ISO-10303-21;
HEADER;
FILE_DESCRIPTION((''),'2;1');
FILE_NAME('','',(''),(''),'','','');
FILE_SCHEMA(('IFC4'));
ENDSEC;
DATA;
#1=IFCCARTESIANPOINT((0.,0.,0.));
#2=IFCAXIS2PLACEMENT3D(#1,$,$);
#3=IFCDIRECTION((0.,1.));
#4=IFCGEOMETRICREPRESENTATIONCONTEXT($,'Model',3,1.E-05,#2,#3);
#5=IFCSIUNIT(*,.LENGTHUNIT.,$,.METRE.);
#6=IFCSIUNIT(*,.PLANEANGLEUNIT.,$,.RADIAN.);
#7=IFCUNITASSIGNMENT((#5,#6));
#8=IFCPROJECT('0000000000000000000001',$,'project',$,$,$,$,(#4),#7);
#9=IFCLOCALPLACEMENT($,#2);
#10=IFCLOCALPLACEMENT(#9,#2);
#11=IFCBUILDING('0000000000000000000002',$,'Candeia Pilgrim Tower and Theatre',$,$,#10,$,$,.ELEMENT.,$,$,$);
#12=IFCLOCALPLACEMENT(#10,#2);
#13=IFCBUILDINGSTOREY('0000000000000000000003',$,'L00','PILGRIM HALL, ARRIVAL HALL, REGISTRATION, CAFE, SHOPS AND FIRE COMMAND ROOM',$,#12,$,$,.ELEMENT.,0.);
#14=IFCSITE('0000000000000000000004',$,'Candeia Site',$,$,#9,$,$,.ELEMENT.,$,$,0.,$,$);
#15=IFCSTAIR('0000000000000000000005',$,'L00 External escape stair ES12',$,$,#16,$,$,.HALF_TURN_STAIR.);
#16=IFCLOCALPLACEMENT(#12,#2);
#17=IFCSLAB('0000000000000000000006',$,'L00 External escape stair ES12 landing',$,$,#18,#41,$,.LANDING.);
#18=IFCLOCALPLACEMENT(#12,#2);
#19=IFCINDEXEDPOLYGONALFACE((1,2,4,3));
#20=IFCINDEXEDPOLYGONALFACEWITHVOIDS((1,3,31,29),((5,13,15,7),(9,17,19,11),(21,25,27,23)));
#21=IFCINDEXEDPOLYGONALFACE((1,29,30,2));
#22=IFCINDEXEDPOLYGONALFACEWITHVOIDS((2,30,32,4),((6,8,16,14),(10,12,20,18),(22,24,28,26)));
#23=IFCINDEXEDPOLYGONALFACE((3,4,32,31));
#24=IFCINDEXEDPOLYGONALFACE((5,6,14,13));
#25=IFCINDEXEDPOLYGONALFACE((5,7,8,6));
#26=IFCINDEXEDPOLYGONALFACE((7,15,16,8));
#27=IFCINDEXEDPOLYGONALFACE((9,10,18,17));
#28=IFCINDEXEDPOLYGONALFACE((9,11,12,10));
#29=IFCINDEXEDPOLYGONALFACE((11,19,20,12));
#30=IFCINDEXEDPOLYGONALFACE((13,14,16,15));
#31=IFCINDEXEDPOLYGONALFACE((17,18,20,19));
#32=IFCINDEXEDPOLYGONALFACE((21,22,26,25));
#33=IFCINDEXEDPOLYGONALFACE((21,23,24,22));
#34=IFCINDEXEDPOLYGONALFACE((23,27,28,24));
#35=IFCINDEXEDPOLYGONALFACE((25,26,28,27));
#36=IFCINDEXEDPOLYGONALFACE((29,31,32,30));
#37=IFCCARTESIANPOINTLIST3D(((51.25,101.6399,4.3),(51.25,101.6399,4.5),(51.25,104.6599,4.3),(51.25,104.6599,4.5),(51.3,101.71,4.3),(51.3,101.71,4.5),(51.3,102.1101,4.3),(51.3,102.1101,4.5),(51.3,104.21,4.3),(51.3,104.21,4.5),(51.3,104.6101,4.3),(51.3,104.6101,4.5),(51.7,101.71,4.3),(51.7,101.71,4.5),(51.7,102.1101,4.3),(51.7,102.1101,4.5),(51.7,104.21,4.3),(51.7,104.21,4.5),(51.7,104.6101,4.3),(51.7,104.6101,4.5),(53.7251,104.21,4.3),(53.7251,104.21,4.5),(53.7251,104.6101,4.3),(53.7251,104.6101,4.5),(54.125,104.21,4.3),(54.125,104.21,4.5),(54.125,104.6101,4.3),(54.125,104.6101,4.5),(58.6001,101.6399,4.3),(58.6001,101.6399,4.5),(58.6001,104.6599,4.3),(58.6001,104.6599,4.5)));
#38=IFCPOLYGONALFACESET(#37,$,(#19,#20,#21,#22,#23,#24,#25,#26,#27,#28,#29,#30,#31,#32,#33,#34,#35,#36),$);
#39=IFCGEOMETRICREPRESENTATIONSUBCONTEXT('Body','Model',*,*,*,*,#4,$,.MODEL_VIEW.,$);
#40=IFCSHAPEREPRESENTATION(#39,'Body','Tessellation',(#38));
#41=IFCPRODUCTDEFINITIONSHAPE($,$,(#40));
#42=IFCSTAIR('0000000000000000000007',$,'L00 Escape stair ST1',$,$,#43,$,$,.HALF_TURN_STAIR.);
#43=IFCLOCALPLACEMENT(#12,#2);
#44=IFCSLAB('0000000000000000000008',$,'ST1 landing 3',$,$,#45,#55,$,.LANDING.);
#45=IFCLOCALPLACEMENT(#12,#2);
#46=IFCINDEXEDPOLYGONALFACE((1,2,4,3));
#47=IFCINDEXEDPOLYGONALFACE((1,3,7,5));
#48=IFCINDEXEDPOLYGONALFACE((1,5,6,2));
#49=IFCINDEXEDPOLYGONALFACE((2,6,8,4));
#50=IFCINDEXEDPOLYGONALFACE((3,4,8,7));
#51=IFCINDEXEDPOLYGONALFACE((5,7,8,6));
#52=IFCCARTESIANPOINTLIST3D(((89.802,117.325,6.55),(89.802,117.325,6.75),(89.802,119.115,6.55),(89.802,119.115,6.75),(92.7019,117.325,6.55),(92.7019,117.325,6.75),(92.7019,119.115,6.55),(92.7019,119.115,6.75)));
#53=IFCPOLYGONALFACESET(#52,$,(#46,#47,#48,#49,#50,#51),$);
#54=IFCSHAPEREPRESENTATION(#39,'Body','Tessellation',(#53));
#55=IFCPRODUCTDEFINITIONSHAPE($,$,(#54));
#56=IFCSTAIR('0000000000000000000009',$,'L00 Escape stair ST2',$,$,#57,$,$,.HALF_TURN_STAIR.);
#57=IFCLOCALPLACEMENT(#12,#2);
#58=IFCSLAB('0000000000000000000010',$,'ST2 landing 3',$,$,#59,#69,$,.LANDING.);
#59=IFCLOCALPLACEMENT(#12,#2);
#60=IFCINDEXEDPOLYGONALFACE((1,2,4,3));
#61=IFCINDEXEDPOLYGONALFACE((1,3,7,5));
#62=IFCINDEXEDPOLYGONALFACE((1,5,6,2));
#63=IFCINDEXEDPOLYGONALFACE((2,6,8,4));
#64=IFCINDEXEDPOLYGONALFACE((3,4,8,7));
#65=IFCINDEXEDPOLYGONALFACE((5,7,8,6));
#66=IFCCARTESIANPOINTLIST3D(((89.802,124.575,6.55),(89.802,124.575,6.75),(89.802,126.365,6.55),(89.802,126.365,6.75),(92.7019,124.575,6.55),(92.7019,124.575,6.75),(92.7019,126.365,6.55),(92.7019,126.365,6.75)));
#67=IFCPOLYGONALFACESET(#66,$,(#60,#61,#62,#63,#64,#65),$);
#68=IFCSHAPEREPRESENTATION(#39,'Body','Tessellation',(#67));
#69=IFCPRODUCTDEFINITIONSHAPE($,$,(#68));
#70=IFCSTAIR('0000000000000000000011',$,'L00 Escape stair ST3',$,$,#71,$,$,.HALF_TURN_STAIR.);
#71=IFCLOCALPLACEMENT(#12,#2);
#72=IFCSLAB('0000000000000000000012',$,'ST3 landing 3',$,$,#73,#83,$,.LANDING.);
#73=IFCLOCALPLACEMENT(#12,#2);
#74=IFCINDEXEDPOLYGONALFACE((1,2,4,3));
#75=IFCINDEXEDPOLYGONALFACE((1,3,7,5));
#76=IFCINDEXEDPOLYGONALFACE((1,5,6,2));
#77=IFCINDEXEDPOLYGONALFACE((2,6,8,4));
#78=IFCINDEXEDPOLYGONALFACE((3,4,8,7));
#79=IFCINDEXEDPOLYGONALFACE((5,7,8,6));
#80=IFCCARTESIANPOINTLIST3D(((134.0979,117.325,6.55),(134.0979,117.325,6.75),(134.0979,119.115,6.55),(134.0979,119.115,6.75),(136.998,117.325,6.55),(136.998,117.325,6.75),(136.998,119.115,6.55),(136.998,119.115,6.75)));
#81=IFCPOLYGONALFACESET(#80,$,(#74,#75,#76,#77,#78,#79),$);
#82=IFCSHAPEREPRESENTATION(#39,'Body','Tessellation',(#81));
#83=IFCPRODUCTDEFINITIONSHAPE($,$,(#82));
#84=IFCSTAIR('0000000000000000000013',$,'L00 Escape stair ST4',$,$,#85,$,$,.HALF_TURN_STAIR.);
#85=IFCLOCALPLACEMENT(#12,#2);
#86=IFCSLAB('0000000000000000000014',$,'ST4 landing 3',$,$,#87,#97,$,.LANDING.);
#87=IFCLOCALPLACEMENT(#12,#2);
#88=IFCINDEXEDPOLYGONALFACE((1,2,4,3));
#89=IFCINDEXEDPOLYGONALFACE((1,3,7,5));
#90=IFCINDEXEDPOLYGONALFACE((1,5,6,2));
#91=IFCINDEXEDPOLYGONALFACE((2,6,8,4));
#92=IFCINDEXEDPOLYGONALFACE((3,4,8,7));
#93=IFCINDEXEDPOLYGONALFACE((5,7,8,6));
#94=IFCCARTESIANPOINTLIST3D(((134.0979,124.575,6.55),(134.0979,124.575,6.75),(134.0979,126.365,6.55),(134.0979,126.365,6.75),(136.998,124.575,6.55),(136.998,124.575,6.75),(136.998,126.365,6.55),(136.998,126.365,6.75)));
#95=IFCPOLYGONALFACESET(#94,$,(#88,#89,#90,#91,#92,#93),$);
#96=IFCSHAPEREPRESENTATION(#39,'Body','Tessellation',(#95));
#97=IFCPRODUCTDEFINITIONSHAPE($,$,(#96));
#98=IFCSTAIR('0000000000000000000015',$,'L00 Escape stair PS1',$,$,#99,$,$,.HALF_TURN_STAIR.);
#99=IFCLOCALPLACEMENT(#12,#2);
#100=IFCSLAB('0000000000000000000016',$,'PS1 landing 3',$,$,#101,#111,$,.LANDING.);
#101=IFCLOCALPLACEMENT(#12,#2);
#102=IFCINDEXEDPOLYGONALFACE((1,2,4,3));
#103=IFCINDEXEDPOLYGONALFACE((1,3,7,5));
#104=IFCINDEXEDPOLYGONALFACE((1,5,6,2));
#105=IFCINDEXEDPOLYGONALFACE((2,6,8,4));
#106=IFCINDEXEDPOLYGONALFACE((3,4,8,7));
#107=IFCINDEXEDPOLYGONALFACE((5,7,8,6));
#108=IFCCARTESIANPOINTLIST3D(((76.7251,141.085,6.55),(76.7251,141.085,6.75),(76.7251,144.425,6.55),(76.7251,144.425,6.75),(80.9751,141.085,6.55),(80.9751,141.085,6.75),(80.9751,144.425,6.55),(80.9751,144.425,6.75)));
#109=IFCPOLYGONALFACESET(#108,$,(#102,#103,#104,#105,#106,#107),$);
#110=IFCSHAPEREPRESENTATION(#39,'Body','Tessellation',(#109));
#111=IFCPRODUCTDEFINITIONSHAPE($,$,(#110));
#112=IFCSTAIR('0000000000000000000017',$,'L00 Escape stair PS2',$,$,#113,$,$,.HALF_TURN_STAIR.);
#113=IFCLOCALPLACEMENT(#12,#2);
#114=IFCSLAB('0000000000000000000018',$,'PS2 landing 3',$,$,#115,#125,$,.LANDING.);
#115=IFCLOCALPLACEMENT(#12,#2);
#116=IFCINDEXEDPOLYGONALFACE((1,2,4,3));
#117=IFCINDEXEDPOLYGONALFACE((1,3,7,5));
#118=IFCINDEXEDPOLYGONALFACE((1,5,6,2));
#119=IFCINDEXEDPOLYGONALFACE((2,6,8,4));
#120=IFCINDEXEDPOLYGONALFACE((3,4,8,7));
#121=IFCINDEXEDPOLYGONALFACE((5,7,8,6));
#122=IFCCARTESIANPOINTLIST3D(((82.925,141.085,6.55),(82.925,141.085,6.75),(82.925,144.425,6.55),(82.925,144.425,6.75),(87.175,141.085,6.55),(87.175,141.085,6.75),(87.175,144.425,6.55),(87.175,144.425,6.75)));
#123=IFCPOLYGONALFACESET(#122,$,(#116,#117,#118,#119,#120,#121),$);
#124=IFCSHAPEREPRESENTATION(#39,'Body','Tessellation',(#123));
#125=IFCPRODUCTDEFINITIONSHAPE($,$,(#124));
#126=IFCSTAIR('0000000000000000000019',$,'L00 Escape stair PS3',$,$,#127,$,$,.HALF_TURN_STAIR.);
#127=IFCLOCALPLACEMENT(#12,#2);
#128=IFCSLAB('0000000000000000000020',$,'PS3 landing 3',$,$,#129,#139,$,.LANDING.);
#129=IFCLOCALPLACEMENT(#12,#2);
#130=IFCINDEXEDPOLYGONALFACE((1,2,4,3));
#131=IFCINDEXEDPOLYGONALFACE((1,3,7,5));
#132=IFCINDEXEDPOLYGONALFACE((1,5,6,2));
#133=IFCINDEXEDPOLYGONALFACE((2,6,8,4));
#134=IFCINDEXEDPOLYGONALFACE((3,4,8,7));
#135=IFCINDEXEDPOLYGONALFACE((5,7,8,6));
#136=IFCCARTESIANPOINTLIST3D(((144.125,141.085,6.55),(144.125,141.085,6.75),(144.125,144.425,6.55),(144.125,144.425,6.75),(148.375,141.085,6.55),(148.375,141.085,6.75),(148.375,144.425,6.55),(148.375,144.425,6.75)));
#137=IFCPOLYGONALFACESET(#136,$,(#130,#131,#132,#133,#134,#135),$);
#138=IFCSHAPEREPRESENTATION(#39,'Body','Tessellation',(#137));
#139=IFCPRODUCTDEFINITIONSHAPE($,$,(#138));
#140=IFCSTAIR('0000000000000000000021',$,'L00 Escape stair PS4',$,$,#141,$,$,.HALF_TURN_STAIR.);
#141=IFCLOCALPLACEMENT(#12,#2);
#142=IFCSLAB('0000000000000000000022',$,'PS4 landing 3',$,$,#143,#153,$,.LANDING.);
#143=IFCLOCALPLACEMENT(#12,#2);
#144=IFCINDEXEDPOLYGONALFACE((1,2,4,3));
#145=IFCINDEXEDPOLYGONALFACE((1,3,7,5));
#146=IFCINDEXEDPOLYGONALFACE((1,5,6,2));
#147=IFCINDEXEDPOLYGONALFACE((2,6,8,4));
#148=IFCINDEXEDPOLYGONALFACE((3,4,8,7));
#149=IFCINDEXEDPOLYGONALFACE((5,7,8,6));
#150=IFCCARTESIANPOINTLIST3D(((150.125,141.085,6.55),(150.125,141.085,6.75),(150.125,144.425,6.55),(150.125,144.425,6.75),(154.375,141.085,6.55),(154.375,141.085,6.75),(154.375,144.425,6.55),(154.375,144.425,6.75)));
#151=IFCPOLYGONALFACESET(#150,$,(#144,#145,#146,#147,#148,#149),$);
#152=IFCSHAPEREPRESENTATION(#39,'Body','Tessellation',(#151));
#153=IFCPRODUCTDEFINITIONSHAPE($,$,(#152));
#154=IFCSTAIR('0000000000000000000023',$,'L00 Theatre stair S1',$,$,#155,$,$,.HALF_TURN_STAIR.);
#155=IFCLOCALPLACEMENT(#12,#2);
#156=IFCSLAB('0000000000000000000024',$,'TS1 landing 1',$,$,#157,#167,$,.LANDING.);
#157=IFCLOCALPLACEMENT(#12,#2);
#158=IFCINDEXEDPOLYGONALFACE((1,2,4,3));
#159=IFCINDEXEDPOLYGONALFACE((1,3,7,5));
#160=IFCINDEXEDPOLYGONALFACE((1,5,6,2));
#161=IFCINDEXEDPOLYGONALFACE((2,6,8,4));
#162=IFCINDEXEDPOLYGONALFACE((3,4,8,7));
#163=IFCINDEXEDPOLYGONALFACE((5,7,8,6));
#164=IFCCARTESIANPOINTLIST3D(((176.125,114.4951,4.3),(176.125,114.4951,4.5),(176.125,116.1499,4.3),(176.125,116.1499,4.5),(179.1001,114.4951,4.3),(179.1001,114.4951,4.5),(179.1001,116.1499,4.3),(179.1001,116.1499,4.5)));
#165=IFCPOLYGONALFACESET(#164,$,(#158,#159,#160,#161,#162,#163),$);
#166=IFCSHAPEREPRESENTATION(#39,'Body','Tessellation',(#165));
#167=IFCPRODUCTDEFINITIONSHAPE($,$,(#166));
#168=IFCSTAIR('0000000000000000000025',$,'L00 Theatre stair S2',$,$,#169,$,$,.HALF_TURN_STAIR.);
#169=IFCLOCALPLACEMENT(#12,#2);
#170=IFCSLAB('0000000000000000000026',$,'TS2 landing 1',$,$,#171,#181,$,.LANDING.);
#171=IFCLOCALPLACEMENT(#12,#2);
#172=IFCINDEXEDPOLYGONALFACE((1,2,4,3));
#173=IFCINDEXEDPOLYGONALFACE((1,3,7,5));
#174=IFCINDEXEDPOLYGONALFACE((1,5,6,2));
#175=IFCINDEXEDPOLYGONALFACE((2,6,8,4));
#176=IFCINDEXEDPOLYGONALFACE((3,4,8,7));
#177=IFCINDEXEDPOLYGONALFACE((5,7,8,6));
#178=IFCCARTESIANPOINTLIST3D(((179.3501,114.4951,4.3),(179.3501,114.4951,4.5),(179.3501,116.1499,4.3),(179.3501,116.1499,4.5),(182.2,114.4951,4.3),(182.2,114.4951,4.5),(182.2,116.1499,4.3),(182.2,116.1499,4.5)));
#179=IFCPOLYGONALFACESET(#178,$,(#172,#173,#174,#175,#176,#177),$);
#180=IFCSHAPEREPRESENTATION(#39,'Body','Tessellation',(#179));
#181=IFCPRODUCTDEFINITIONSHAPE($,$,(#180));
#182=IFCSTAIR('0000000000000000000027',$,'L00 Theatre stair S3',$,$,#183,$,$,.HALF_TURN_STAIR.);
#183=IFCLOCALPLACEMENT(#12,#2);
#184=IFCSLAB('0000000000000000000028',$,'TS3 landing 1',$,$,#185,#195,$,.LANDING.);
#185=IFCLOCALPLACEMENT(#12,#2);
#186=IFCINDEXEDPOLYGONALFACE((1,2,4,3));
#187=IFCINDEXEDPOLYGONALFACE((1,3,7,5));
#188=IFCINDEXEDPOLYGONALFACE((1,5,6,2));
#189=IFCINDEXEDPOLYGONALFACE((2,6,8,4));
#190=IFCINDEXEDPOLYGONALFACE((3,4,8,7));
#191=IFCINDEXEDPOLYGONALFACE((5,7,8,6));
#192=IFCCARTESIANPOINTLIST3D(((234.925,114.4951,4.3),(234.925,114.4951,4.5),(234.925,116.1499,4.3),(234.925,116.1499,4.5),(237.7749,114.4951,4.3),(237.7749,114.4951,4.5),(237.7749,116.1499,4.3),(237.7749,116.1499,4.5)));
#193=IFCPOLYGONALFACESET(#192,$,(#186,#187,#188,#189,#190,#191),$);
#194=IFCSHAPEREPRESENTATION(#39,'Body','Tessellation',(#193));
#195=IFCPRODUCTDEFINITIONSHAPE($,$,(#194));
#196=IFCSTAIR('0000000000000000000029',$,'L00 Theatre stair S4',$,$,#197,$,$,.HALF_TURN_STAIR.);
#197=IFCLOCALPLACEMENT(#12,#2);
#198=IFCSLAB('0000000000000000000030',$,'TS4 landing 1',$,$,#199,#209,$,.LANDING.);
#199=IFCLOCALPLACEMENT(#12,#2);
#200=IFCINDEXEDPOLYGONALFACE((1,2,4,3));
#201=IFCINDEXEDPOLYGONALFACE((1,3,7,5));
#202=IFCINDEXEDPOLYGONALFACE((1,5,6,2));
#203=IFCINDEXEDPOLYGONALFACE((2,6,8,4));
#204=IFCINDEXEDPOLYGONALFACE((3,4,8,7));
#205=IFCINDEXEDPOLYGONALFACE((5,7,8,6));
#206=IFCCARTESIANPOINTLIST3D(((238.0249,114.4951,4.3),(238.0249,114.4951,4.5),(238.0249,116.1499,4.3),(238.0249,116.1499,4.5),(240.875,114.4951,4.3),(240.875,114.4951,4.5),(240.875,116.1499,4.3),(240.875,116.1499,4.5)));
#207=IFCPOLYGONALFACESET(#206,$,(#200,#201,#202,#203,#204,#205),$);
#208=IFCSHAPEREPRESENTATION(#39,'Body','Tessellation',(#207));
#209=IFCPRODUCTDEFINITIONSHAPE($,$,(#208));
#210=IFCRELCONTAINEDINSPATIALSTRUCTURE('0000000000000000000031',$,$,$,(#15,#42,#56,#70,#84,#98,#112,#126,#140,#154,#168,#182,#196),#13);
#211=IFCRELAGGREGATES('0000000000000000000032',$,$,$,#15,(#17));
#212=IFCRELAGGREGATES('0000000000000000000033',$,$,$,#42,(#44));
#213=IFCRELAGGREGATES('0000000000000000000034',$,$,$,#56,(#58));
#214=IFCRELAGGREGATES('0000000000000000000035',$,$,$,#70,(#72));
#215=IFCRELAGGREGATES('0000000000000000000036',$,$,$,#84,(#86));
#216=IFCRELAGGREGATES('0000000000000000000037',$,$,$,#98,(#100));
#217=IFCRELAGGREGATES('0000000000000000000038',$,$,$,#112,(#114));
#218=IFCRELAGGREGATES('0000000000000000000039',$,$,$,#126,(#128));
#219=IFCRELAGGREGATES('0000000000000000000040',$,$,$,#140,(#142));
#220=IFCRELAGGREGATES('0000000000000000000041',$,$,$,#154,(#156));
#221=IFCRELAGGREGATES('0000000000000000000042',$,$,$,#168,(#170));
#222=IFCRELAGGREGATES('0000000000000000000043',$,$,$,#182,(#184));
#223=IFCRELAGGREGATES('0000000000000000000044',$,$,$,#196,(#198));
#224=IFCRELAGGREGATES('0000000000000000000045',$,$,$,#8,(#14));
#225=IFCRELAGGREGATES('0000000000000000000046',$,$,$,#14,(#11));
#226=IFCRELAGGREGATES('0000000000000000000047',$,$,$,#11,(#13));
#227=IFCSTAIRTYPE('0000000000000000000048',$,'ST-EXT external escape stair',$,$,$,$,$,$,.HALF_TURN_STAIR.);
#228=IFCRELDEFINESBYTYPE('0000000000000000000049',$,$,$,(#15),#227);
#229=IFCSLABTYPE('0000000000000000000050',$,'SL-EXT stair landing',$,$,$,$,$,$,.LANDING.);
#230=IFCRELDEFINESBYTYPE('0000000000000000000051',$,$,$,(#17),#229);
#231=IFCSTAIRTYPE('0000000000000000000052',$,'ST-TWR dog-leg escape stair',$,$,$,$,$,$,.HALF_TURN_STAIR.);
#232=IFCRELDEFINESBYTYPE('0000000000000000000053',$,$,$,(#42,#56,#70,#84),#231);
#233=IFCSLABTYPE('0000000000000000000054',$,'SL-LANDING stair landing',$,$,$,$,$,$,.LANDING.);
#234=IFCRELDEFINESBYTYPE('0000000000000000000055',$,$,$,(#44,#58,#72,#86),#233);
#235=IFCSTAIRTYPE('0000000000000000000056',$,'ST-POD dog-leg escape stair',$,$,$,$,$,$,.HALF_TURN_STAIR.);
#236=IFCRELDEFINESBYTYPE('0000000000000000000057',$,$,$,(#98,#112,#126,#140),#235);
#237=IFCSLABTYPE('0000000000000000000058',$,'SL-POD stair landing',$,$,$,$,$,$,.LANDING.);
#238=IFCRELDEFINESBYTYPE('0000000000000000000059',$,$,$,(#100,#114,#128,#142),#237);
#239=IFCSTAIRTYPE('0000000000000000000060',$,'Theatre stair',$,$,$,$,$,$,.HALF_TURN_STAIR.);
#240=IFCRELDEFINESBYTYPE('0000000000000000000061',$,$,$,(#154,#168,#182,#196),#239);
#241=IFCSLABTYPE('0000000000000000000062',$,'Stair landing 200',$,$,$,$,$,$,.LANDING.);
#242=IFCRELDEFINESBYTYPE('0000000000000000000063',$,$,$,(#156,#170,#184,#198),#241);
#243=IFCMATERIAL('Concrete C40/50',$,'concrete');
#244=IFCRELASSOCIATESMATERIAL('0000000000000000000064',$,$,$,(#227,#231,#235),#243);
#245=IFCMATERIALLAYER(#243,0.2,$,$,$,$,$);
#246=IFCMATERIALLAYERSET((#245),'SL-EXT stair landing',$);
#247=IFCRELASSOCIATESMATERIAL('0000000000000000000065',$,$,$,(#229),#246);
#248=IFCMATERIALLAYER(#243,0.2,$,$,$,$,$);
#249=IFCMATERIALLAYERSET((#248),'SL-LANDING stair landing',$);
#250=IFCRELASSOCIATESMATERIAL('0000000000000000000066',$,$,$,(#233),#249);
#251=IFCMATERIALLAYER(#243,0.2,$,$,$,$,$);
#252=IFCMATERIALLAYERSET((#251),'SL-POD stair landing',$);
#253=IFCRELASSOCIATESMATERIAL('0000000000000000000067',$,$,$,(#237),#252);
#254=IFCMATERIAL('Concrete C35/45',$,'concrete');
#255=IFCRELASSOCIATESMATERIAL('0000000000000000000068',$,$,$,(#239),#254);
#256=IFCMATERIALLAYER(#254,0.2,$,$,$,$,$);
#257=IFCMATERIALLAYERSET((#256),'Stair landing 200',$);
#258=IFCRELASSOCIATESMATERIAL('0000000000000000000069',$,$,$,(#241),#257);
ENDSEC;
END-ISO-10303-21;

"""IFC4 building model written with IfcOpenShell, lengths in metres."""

from ifc_helpers import new_model, si_unit, direction, frame, origin, place, context, subcontext, project, spatial, polyline, outline, extrude, material, layer, layer_set, type_object, element, aggregate, save


model = new_model("IFC4")

# Units and contexts
model_context = context("Model", 3, precision=1e-05, world=origin(), true_north=direction((0.0, 1.0)))
body_context = subcontext(model_context, "Body", "Model", "MODEL_VIEW")
ifc_project = project(units=[si_unit("LENGTHUNIT", "METRE"), si_unit("PLANEANGLEUNIT", "RADIAN")], contexts=[model_context])

# Site, building, storey
site_placement = place(None, origin())
site = spatial("IfcSite", under=ifc_project, at=site_placement, Name="Candeia Site", CompositionType="ELEMENT", RefElevation=0.0)
building_placement = place(site_placement, origin())
building = spatial("IfcBuilding", under=site, at=building_placement, Name="Candeia Pilgrim Tower and Theatre", CompositionType="ELEMENT")
storey_placement = place(building_placement, origin())
storey = spatial("IfcBuildingStorey", under=building, at=storey_placement, Name="L00", Description="PILGRIM HALL, ARRIVAL HALL, REGISTRATION, CAFE, SHOPS AND FIRE COMMAND ROOM", CompositionType="ELEMENT", Elevation=0.0)

# Shared definitions
ifc_material_1 = material(Name="Concrete C35/45", Category="concrete")

# Stairs, slabs
ifc_material_2 = material(Name="Concrete C40/50", Category="concrete")
stair_type_1 = type_object("IfcStairType", Name="ST-EXT external escape stair", PredefinedType="HALF_TURN_STAIR", material=ifc_material_2)
ifc_layer_1 = layer(ifc_material_2, 0.2)
ifc_layer_set_1 = layer_set([ifc_layer_1], Name="SL-EXT stair landing")
slab_type_1 = type_object("IfcSlabType", Name="SL-EXT stair landing", PredefinedType="LANDING", material=ifc_layer_set_1)
stair_1_placement = place(storey_placement, origin())
stair_1 = element("IfcStair", 1, at=stair_1_placement, inside=storey, type_object=stair_type_1, Name="L00 External escape stair ES12", PredefinedType="HALF_TURN_STAIR")
slab_1_placement = place(storey_placement, frame((0.0, 0.0, 4.3)))
slab_1 = element("IfcSlab", 2, at=slab_1_placement, type_object=slab_type_1, Name="L00 External escape stair ES12 landing", PredefinedType="LANDING", context=body_context, shape_type="SweptSolid", body=[
    extrude(outline(polyline([(58.6001, 101.6399), (58.6001, 104.6599), (51.25, 104.6599), (51.25, 101.6399), (58.6001, 101.6399)]), holes=[polyline([(51.3, 101.71), (51.7, 101.71), (51.7, 102.1101), (51.3, 102.1101), (51.3, 101.71)]), polyline([(51.3, 104.21), (51.7, 104.21), (51.7, 104.6101), (51.3, 104.6101), (51.3, 104.21)]), polyline([(53.7251, 104.21), (54.125, 104.21), (54.125, 104.6101), (53.7251, 104.6101), (53.7251, 104.21)])]), origin(), (0.0, 0.0, 1.0), 0.2),
])
aggregate(stair_1, [slab_1])
stair_type_2 = type_object("IfcStairType", Name="ST-TWR dog-leg escape stair", PredefinedType="HALF_TURN_STAIR", material=ifc_material_2)
stair_2_placement = place(storey_placement, origin())
stair_2 = element("IfcStair", 3, at=stair_2_placement, inside=storey, type_object=stair_type_2, Name="L00 Escape stair ST1", PredefinedType="HALF_TURN_STAIR")
ifc_layer_2 = layer(ifc_material_2, 0.2)
ifc_layer_set_2 = layer_set([ifc_layer_2], Name="SL-LANDING stair landing")
slab_type_2 = type_object("IfcSlabType", Name="SL-LANDING stair landing", PredefinedType="LANDING", material=ifc_layer_set_2)
slab_2_placement = place(storey_placement, frame((0.0, 0.0, 6.55)))
slab_2 = element("IfcSlab", 4, at=slab_2_placement, type_object=slab_type_2, Name="ST1 landing 3", PredefinedType="LANDING", context=body_context, shape_type="SweptSolid", body=[
    extrude(outline(polyline([(89.802, 119.115), (89.802, 117.325), (92.7019, 117.325), (92.7019, 119.115), (89.802, 119.115)])), origin(), (0.0, 0.0, 1.0), 0.2),
])
aggregate(stair_2, [slab_2])
stair_3_placement = place(storey_placement, origin())
stair_3 = element("IfcStair", 5, at=stair_3_placement, inside=storey, type_object=stair_type_2, Name="L00 Escape stair ST2", PredefinedType="HALF_TURN_STAIR")
slab_3_placement = place(storey_placement, frame((0.0, 0.0, 6.55)))
slab_3 = element("IfcSlab", 6, at=slab_3_placement, type_object=slab_type_2, Name="ST2 landing 3", PredefinedType="LANDING", context=body_context, shape_type="SweptSolid", body=[
    extrude(outline(polyline([(89.802, 126.365), (89.802, 124.575), (92.7019, 124.575), (92.7019, 126.365), (89.802, 126.365)])), origin(), (0.0, 0.0, 1.0), 0.2),
])
aggregate(stair_3, [slab_3])
stair_4_placement = place(storey_placement, origin())
stair_4 = element("IfcStair", 7, at=stair_4_placement, inside=storey, type_object=stair_type_2, Name="L00 Escape stair ST3", PredefinedType="HALF_TURN_STAIR")
slab_4_placement = place(storey_placement, frame((0.0, 0.0, 6.55)))
slab_4 = element("IfcSlab", 8, at=slab_4_placement, type_object=slab_type_2, Name="ST3 landing 3", PredefinedType="LANDING", context=body_context, shape_type="SweptSolid", body=[
    extrude(outline(polyline([(134.0979, 119.115), (134.0979, 117.325), (136.998, 117.325), (136.998, 119.115), (134.0979, 119.115)])), origin(), (0.0, 0.0, 1.0), 0.2),
])
aggregate(stair_4, [slab_4])
stair_5_placement = place(storey_placement, origin())
stair_5 = element("IfcStair", 9, at=stair_5_placement, inside=storey, type_object=stair_type_2, Name="L00 Escape stair ST4", PredefinedType="HALF_TURN_STAIR")
slab_5_placement = place(storey_placement, frame((0.0, 0.0, 6.55)))
slab_5 = element("IfcSlab", 10, at=slab_5_placement, type_object=slab_type_2, Name="ST4 landing 3", PredefinedType="LANDING", context=body_context, shape_type="SweptSolid", body=[
    extrude(outline(polyline([(134.0979, 126.365), (134.0979, 124.575), (136.998, 124.575), (136.998, 126.365), (134.0979, 126.365)])), origin(), (0.0, 0.0, 1.0), 0.2),
])
aggregate(stair_5, [slab_5])
stair_type_3 = type_object("IfcStairType", Name="ST-POD dog-leg escape stair", PredefinedType="HALF_TURN_STAIR", material=ifc_material_2)
stair_6_placement = place(storey_placement, origin())
stair_6 = element("IfcStair", 11, at=stair_6_placement, inside=storey, type_object=stair_type_3, Name="L00 Escape stair PS1", PredefinedType="HALF_TURN_STAIR")
ifc_layer_3 = layer(ifc_material_2, 0.2)
ifc_layer_set_3 = layer_set([ifc_layer_3], Name="SL-POD stair landing")
slab_type_3 = type_object("IfcSlabType", Name="SL-POD stair landing", PredefinedType="LANDING", material=ifc_layer_set_3)
slab_6_placement = place(storey_placement, frame((0.0, 0.0, 6.55)))
slab_6 = element("IfcSlab", 12, at=slab_6_placement, type_object=slab_type_3, Name="PS1 landing 3", PredefinedType="LANDING", context=body_context, shape_type="SweptSolid", body=[
    extrude(outline(polyline([(80.9751, 141.085), (80.9751, 144.425), (76.7251, 144.425), (76.7251, 141.085), (80.9751, 141.085)])), origin(), (0.0, 0.0, 1.0), 0.2),
])
aggregate(stair_6, [slab_6])
stair_7_placement = place(storey_placement, origin())
stair_7 = element("IfcStair", 13, at=stair_7_placement, inside=storey, type_object=stair_type_3, Name="L00 Escape stair PS2", PredefinedType="HALF_TURN_STAIR")
slab_7_placement = place(storey_placement, frame((0.0, 0.0, 6.55)))
slab_7 = element("IfcSlab", 14, at=slab_7_placement, type_object=slab_type_3, Name="PS2 landing 3", PredefinedType="LANDING", context=body_context, shape_type="SweptSolid", body=[
    extrude(outline(polyline([(87.175, 141.085), (87.175, 144.425), (82.925, 144.425), (82.925, 141.085), (87.175, 141.085)])), origin(), (0.0, 0.0, 1.0), 0.2),
])
aggregate(stair_7, [slab_7])
stair_8_placement = place(storey_placement, origin())
stair_8 = element("IfcStair", 15, at=stair_8_placement, inside=storey, type_object=stair_type_3, Name="L00 Escape stair PS3", PredefinedType="HALF_TURN_STAIR")
slab_8_placement = place(storey_placement, frame((0.0, 0.0, 6.55)))
slab_8 = element("IfcSlab", 16, at=slab_8_placement, type_object=slab_type_3, Name="PS3 landing 3", PredefinedType="LANDING", context=body_context, shape_type="SweptSolid", body=[
    extrude(outline(polyline([(148.375, 141.085), (148.375, 144.425), (144.125, 144.425), (144.125, 141.085), (148.375, 141.085)])), origin(), (0.0, 0.0, 1.0), 0.2),
])
aggregate(stair_8, [slab_8])
stair_9_placement = place(storey_placement, origin())
stair_9 = element("IfcStair", 17, at=stair_9_placement, inside=storey, type_object=stair_type_3, Name="L00 Escape stair PS4", PredefinedType="HALF_TURN_STAIR")
slab_9_placement = place(storey_placement, frame((0.0, 0.0, 6.55)))
slab_9 = element("IfcSlab", 18, at=slab_9_placement, type_object=slab_type_3, Name="PS4 landing 3", PredefinedType="LANDING", context=body_context, shape_type="SweptSolid", body=[
    extrude(outline(polyline([(154.375, 141.085), (154.375, 144.425), (150.125, 144.425), (150.125, 141.085), (154.375, 141.085)])), origin(), (0.0, 0.0, 1.0), 0.2),
])
aggregate(stair_9, [slab_9])
stair_type_4 = type_object("IfcStairType", Name="Theatre stair", PredefinedType="HALF_TURN_STAIR", material=ifc_material_1)
stair_10_placement = place(storey_placement, origin())
stair_10 = element("IfcStair", 19, at=stair_10_placement, inside=storey, type_object=stair_type_4, Name="L00 Theatre stair S1", PredefinedType="HALF_TURN_STAIR")
ifc_layer_4 = layer(ifc_material_1, 0.2)
ifc_layer_set_4 = layer_set([ifc_layer_4], Name="Stair landing 200")
slab_type_4 = type_object("IfcSlabType", Name="Stair landing 200", PredefinedType="LANDING", material=ifc_layer_set_4)
slab_10_placement = place(storey_placement, frame((0.0, 0.0, 4.3)))
slab_10 = element("IfcSlab", 20, at=slab_10_placement, type_object=slab_type_4, Name="TS1 landing 1", PredefinedType="LANDING", context=body_context, shape_type="SweptSolid", body=[
    extrude(outline(polyline([(179.1001, 114.4951), (179.1001, 116.1499), (176.125, 116.1499), (176.125, 114.4951), (179.1001, 114.4951)])), origin(), (0.0, 0.0, 1.0), 0.2),
])
aggregate(stair_10, [slab_10])
stair_11_placement = place(storey_placement, origin())
stair_11 = element("IfcStair", 21, at=stair_11_placement, inside=storey, type_object=stair_type_4, Name="L00 Theatre stair S2", PredefinedType="HALF_TURN_STAIR")
slab_11_placement = place(storey_placement, frame((0.0, 0.0, 4.3)))
slab_11 = element("IfcSlab", 22, at=slab_11_placement, type_object=slab_type_4, Name="TS2 landing 1", PredefinedType="LANDING", context=body_context, shape_type="SweptSolid", body=[
    extrude(outline(polyline([(182.2, 114.4951), (182.2, 116.1499), (179.3501, 116.1499), (179.3501, 114.4951), (182.2, 114.4951)])), origin(), (0.0, 0.0, 1.0), 0.2),
])
aggregate(stair_11, [slab_11])
stair_12_placement = place(storey_placement, origin())
stair_12 = element("IfcStair", 23, at=stair_12_placement, inside=storey, type_object=stair_type_4, Name="L00 Theatre stair S3", PredefinedType="HALF_TURN_STAIR")
slab_12_placement = place(storey_placement, frame((0.0, 0.0, 4.3)))
slab_12 = element("IfcSlab", 24, at=slab_12_placement, type_object=slab_type_4, Name="TS3 landing 1", PredefinedType="LANDING", context=body_context, shape_type="SweptSolid", body=[
    extrude(outline(polyline([(237.7749, 114.4951), (237.7749, 116.1499), (234.925, 116.1499), (234.925, 114.4951), (237.7749, 114.4951)])), origin(), (0.0, 0.0, 1.0), 0.2),
])
aggregate(stair_12, [slab_12])
stair_13_placement = place(storey_placement, origin())
stair_13 = element("IfcStair", 25, at=stair_13_placement, inside=storey, type_object=stair_type_4, Name="L00 Theatre stair S4", PredefinedType="HALF_TURN_STAIR")
slab_13_placement = place(storey_placement, frame((0.0, 0.0, 4.3)))
slab_13 = element("IfcSlab", 26, at=slab_13_placement, type_object=slab_type_4, Name="TS4 landing 1", PredefinedType="LANDING", context=body_context, shape_type="SweptSolid", body=[
    extrude(outline(polyline([(240.875, 114.4951), (240.875, 116.1499), (238.0249, 116.1499), (238.0249, 114.4951), (240.875, 114.4951)])), origin(), (0.0, 0.0, 1.0), 0.2),
])
aggregate(stair_13, [slab_13])

save(model, "model.ifc")
